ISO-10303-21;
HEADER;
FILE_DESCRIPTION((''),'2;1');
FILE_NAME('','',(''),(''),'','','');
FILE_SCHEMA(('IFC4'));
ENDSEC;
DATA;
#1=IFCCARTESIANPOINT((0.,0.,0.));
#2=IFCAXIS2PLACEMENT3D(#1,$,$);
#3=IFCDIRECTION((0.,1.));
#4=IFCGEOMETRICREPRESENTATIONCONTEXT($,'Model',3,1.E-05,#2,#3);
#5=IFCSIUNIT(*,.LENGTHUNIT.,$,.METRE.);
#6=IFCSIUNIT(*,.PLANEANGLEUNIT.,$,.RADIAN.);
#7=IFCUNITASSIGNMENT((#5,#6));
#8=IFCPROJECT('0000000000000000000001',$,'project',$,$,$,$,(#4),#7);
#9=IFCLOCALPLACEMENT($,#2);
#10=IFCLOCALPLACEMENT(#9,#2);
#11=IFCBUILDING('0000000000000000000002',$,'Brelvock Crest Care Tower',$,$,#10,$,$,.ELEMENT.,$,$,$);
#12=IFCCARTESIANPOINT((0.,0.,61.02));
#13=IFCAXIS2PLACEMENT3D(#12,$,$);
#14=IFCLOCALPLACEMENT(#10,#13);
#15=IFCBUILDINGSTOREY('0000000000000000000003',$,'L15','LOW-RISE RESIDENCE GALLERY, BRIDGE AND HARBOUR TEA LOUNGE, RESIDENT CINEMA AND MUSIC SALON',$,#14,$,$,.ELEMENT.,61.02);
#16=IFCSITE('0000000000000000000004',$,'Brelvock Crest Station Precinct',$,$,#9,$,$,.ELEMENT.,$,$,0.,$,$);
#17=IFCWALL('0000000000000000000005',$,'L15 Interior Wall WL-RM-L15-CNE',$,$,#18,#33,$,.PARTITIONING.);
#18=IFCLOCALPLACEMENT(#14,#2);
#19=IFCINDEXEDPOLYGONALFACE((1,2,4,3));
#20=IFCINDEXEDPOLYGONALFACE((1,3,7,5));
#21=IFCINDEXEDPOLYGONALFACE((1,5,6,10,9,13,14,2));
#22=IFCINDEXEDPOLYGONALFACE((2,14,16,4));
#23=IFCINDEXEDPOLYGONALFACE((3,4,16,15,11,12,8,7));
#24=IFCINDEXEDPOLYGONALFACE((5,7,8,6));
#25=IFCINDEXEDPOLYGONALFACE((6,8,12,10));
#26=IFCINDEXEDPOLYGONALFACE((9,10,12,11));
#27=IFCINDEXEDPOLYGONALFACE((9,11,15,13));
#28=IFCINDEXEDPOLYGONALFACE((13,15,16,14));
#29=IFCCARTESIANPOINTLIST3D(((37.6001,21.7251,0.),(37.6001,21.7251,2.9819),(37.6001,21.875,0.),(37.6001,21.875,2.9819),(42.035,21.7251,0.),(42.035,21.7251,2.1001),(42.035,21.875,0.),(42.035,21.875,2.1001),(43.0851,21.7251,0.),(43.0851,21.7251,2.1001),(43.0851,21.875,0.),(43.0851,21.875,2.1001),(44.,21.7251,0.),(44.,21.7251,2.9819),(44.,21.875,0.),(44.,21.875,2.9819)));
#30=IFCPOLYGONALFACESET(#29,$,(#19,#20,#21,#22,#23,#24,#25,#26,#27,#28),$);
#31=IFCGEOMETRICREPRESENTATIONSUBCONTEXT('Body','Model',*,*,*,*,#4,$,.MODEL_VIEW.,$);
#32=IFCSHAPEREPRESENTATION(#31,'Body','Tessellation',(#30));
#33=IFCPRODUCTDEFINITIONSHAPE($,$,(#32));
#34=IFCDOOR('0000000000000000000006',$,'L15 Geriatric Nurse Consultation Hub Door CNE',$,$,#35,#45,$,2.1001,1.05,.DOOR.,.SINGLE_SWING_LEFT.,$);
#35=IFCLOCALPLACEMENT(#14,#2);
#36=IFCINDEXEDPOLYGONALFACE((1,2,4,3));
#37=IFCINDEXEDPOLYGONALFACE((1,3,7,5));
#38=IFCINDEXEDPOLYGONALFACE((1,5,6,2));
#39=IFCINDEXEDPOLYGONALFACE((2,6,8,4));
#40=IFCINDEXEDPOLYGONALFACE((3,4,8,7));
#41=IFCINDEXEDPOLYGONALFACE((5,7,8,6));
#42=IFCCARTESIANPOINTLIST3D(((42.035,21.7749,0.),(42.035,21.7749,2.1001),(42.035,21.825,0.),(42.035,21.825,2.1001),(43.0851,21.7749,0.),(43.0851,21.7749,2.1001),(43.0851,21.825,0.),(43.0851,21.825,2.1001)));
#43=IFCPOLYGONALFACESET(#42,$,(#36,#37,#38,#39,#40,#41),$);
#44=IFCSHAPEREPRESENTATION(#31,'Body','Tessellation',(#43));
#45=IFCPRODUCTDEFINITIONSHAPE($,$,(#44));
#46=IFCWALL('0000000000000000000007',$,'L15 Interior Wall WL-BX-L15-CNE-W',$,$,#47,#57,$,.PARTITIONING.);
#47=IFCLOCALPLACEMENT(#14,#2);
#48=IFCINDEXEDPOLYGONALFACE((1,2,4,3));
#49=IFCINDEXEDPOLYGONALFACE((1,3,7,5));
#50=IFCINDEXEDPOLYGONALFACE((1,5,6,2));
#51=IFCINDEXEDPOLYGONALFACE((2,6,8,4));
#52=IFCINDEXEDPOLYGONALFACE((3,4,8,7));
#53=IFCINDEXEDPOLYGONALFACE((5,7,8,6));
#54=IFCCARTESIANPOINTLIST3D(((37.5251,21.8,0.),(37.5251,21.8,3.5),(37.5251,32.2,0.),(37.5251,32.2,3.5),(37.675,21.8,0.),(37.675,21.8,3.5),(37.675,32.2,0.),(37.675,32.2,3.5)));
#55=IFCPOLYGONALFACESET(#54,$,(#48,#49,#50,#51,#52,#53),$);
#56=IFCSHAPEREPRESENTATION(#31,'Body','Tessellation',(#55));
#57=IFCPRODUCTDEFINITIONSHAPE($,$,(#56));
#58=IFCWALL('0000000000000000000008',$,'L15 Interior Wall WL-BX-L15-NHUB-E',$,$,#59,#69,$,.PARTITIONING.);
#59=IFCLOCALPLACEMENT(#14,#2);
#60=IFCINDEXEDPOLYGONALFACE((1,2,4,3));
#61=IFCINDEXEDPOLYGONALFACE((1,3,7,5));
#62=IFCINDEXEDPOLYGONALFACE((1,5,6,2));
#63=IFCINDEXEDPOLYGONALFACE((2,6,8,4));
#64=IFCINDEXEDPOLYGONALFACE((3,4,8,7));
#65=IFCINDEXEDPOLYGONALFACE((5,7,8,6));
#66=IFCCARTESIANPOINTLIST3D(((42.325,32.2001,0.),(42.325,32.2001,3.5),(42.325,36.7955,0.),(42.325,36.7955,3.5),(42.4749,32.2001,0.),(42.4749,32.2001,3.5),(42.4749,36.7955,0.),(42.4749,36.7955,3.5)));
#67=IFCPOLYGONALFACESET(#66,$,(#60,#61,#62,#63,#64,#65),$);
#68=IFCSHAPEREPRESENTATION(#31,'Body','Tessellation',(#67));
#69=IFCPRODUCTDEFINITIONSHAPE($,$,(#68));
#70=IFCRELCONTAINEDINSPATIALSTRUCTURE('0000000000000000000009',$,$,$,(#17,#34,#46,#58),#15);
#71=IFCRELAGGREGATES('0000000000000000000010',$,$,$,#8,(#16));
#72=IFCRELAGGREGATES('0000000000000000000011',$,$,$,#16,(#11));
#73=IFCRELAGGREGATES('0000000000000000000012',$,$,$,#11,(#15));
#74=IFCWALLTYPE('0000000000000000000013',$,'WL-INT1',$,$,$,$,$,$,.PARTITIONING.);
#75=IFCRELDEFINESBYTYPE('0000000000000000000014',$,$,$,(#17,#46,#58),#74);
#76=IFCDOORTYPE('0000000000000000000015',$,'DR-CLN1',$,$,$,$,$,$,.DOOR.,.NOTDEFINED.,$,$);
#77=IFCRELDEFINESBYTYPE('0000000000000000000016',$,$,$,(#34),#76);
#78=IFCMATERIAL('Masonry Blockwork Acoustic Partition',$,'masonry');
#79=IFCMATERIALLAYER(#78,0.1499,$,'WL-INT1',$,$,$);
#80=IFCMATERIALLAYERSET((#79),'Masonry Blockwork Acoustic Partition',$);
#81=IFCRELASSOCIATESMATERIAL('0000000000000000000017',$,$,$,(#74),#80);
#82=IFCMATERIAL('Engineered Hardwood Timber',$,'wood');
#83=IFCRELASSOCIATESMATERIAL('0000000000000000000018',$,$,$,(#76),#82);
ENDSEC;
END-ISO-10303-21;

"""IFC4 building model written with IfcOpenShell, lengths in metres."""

from ifc_helpers import new_model, si_unit, direction, frame, frame_2d, origin, origin_2d, place, context, subcontext, project, spatial, rectangle, extrude, source, transform, mapped, material, layer, layer_set, type_object, element, fill, save


model = new_model("IFC4")

# Units and contexts
model_context = context("Model", 3, precision=1e-05, world=origin(), true_north=direction((0.0, 1.0)))
body_context = subcontext(model_context, "Body", "Model", "MODEL_VIEW")
ifc_project = project(units=[si_unit("LENGTHUNIT", "METRE"), si_unit("PLANEANGLEUNIT", "RADIAN")], contexts=[model_context])

# Site, building, storey
site_placement = place(None, origin())
site = spatial("IfcSite", under=ifc_project, at=site_placement, Name="Brelvock Crest Station Precinct", CompositionType="ELEMENT", RefElevation=0.0)
building_placement = place(site_placement, origin())
building = spatial("IfcBuilding", under=site, at=building_placement, Name="Brelvock Crest Care Tower", CompositionType="ELEMENT")
storey_placement = place(building_placement, frame((0.0, 0.0, 61.02)))
storey = spatial("IfcBuildingStorey", under=building, at=storey_placement, Name="L15", Description="LOW-RISE RESIDENCE GALLERY, BRIDGE AND HARBOUR TEA LOUNGE, RESIDENT CINEMA AND MUSIC SALON", CompositionType="ELEMENT", Elevation=61.02)

# Wall, opening, door
ifc_material_1 = material(Name="Masonry Blockwork Acoustic Partition", Category="masonry")
ifc_layer = layer(ifc_material_1, 0.1499, Name="WL-INT1")
ifc_layer_set = layer_set([ifc_layer], Name="Masonry Blockwork Acoustic Partition")
wall_type = type_object("IfcWallType", Name="WL-INT1", PredefinedType="PARTITIONING", material=ifc_layer_set)
wall_1_placement = place(storey_placement, frame((37.6001, 21.8, 0.0), z_axis=(0.0, 0.0, 1.0), x_axis=(1.0, 0.0, 0.0)))
wall_1 = element("IfcWall", 1, at=wall_1_placement, inside=storey, type_object=wall_type, Name="L15 Interior Wall WL-RM-L15-CNE", PredefinedType="PARTITIONING", context=body_context, shape_type="SweptSolid", body=[
    extrude(rectangle(XDim=6.3999, YDim=0.1499, at=frame_2d((3.2, 0.0))), origin(), (0.0, 0.0, 1.0), 2.9819),
])
opening_placement = place(wall_1_placement, frame((4.4351, 0.0, 0.0)))
opening = element("IfcOpeningElement", 2, at=opening_placement, cuts=wall_1, PredefinedType="OPENING", context=body_context, shape_type="SweptSolid", body=[
    extrude(rectangle(XDim=1.05, YDim=2.1001, at=origin_2d()), frame((0.5249, 0.085, 1.05), z_axis=(0.0, -1.0, 0.0), x_axis=(1.0, 0.0, 0.0)), (0.0, 0.0, 1.0), 0.1699),
])
ifc_material_2 = material(Name="Engineered Hardwood Timber", Category="wood")
door_type = type_object("IfcDoorType", Name="DR-CLN1", OperationType="NOTDEFINED", PredefinedType="DOOR", material=ifc_material_2)
shared_shape_1 = source(origin(), body_context, "Body", "SweptSolid", [
    extrude(rectangle(XDim=1.05, YDim=2.1001, at=origin_2d()), frame((0.5249, 0.0249, 1.05), z_axis=(0.0, -1.0, 0.0), x_axis=(1.0, 0.0, 0.0)), (0.0, 0.0, 1.0), 0.05),
])
door_placement = place(opening_placement, origin())
door = element("IfcDoor", 3, at=door_placement, inside=storey, type_object=door_type, Name="L15 Geriatric Nurse Consultation Hub Door CNE", OperationType="SINGLE_SWING_LEFT", OverallHeight=2.1001, OverallWidth=1.05, PredefinedType="DOOR", context=body_context, shape_type="MappedRepresentation", body=[
    mapped(shared_shape_1, transform((0.0, 0.0, 0.0), x_axis=(1.0, 0.0, 0.0), y_axis=(0.0, 1.0, 0.0), z_axis=(0.0, 0.0, 1.0), scale=1.0)),
])
fill(opening, door)

# Walls
wall_2_placement = place(storey_placement, frame((37.6001, 21.8, 0.0), z_axis=(0.0, 0.0, 1.0), x_axis=(0.0, 1.0, 0.0)))
element("IfcWall", 4, at=wall_2_placement, inside=storey, type_object=wall_type, Name="L15 Interior Wall WL-BX-L15-CNE-W", PredefinedType="PARTITIONING", context=body_context, shape_type="SweptSolid", body=[
    extrude(rectangle(XDim=10.3999, YDim=0.1499, at=frame_2d((5.2, 0.0))), origin(), (0.0, 0.0, 1.0), 3.5),
])
wall_3_placement = place(storey_placement, frame((42.3999, 32.2, 0.0), z_axis=(0.0, 0.0, 1.0), x_axis=(0.0, 1.0, 0.0)))
element("IfcWall", 5, at=wall_3_placement, inside=storey, type_object=wall_type, Name="L15 Interior Wall WL-BX-L15-NHUB-E", PredefinedType="PARTITIONING", context=body_context, shape_type="SweptSolid", body=[
    extrude(rectangle(XDim=4.5955, YDim=0.1499, at=frame_2d((2.2979, 0.0))), origin(), (0.0, 0.0, 1.0), 3.5),
])

save(model, "model.ifc")
